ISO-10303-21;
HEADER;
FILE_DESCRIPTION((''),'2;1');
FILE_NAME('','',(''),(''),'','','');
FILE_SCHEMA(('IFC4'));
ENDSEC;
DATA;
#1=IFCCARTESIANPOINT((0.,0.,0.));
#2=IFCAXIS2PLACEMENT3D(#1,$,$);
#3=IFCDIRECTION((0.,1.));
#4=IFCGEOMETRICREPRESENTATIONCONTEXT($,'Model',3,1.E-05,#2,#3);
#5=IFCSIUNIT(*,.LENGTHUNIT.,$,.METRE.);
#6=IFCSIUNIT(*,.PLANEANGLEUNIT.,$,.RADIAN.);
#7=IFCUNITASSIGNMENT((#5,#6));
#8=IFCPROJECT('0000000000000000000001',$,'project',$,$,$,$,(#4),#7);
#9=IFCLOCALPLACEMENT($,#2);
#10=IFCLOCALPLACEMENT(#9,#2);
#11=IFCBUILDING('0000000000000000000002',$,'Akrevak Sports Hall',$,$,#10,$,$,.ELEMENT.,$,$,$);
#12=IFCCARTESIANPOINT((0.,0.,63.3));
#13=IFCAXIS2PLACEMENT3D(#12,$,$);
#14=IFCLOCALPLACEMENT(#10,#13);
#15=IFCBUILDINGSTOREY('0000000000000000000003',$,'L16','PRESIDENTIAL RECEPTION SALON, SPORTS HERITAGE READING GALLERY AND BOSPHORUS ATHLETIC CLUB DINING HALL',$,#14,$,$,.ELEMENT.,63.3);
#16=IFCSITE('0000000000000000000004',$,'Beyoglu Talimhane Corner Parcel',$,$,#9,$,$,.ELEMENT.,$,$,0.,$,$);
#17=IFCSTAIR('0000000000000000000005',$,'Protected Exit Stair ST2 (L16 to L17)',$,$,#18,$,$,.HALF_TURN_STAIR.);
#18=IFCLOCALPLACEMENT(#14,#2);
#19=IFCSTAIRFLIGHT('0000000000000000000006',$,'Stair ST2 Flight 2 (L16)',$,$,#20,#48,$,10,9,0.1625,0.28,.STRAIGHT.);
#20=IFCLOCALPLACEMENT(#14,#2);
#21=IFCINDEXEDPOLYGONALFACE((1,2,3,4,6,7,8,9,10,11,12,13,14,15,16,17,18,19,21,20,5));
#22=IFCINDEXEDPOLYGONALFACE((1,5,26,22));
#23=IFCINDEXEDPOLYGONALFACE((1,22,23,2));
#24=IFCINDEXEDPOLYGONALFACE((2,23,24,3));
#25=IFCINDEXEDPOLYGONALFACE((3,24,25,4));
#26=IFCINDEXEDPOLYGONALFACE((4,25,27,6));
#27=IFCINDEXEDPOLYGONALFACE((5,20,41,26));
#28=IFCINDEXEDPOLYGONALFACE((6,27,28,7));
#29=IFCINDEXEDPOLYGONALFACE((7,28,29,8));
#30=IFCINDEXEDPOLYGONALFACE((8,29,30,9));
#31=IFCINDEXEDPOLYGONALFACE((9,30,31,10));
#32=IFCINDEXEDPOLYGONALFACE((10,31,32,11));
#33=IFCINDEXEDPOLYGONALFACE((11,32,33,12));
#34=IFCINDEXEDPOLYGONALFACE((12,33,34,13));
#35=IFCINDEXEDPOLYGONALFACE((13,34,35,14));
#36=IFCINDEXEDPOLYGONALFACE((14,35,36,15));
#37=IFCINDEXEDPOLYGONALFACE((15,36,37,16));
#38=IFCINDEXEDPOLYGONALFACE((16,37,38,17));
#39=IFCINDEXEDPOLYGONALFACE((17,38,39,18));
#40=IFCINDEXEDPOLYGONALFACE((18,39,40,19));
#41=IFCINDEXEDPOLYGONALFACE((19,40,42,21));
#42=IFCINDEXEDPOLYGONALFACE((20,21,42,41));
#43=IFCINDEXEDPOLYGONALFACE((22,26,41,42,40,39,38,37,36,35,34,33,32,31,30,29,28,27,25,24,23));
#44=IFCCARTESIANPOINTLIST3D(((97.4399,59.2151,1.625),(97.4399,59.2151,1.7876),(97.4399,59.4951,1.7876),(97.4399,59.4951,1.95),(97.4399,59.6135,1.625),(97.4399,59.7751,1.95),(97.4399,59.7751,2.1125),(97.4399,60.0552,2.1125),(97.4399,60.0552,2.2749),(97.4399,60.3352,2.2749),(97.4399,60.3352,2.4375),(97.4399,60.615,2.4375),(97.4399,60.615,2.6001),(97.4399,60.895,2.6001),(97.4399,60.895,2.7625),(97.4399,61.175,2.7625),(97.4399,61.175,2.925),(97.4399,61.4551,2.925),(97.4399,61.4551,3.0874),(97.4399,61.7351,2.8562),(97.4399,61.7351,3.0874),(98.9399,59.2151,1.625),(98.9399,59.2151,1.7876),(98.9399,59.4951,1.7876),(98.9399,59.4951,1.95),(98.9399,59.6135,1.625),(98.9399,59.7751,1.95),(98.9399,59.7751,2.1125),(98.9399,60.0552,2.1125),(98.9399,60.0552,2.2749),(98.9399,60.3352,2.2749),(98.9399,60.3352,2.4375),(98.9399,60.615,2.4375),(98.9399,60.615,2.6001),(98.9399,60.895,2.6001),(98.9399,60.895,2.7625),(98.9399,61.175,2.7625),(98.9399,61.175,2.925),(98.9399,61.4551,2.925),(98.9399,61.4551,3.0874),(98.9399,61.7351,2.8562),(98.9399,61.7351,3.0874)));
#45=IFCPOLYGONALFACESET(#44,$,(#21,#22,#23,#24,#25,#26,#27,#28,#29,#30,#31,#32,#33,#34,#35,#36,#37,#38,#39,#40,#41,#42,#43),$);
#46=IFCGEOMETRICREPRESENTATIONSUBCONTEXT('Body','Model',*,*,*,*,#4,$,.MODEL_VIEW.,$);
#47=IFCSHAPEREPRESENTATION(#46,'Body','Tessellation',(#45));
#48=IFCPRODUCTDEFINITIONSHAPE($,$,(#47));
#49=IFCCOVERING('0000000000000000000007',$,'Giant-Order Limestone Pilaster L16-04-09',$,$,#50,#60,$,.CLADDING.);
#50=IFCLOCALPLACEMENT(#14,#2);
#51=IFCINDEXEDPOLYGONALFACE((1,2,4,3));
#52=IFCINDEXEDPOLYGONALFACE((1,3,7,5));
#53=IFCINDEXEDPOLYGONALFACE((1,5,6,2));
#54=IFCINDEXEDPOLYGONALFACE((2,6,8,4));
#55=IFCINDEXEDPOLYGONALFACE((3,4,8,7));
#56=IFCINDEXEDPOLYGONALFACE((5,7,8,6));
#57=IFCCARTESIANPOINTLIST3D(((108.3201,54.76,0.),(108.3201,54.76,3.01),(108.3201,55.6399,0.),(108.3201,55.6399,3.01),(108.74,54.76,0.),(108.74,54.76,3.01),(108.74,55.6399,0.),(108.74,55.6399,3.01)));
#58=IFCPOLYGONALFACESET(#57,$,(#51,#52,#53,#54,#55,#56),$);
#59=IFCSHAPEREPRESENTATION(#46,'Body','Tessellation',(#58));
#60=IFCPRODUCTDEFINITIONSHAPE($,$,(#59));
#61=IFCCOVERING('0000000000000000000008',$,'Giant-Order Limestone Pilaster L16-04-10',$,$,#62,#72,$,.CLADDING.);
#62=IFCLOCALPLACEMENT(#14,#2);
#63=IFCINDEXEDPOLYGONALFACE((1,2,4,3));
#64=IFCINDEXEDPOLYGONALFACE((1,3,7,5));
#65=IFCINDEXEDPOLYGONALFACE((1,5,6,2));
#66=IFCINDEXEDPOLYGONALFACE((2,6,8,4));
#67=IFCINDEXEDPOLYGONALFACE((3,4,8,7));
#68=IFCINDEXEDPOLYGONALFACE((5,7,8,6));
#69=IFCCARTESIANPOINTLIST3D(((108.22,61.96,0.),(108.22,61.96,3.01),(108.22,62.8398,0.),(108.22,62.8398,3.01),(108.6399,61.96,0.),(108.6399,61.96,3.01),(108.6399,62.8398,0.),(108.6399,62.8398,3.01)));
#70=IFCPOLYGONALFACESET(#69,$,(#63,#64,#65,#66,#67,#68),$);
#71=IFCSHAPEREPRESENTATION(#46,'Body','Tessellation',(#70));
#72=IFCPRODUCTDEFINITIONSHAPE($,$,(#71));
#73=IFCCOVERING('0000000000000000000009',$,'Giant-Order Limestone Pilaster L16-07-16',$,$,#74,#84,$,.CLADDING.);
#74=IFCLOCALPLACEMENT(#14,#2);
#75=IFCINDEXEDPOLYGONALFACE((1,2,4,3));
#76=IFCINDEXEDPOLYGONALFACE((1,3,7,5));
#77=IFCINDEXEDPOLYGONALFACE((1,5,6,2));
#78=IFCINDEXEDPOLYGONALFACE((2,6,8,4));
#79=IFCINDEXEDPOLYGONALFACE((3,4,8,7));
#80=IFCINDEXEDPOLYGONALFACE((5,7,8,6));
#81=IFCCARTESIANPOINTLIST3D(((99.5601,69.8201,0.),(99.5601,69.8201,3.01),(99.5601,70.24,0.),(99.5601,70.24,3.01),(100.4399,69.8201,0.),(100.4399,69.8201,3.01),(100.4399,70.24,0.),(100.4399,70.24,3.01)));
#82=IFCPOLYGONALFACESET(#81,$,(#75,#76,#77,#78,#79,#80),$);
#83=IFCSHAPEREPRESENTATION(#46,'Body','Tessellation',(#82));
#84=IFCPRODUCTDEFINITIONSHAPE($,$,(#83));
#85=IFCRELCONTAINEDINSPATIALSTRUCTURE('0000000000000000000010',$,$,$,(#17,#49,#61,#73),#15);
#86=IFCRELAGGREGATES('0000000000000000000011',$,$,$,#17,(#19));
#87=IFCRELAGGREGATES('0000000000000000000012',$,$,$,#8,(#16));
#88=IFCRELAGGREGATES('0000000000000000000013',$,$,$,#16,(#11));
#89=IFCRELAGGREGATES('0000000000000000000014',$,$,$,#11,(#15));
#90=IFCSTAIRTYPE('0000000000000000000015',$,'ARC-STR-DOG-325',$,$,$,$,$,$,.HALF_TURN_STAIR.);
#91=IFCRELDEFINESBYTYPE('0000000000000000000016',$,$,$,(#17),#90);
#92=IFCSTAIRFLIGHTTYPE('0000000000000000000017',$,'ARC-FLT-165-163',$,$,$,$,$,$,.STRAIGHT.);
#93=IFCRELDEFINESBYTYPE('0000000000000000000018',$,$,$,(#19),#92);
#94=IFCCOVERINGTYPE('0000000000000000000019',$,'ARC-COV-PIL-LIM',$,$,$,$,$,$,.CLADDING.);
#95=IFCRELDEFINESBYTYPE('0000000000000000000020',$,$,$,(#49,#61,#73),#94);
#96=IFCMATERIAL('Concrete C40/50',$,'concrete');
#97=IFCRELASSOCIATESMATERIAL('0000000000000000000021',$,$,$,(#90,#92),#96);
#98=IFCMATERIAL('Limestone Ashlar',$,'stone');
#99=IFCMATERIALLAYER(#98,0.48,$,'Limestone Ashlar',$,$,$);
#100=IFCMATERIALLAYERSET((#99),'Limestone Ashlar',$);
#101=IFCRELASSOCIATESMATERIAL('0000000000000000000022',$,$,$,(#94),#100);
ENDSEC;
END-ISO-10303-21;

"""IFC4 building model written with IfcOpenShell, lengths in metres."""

from ifc_helpers import new_model, si_unit, direction, frame, origin, origin_2d, place, context, subcontext, project, spatial, polyline, rectangle, outline, extrude, material, layer, layer_set, type_object, element, aggregate, save


model = new_model("IFC4")

# Units and contexts
model_context = context("Model", 3, precision=1e-05, world=origin(), true_north=direction((0.0, 1.0)))
body_context = subcontext(model_context, "Body", "Model", "MODEL_VIEW")
ifc_project = project(units=[si_unit("LENGTHUNIT", "METRE"), si_unit("PLANEANGLEUNIT", "RADIAN")], contexts=[model_context])

# Site, building, storey
site_placement = place(None, origin())
site = spatial("IfcSite", under=ifc_project, at=site_placement, Name="Beyoglu Talimhane Corner Parcel", CompositionType="ELEMENT", RefElevation=0.0)
building_placement = place(site_placement, origin())
building = spatial("IfcBuilding", under=site, at=building_placement, Name="Akrevak Sports Hall", CompositionType="ELEMENT")
storey_placement = place(building_placement, frame((0.0, 0.0, 63.3)))
storey = spatial("IfcBuildingStorey", under=building, at=storey_placement, Name="L16", Description="PRESIDENTIAL RECEPTION SALON, SPORTS HERITAGE READING GALLERY AND BOSPHORUS ATHLETIC CLUB DINING HALL", CompositionType="ELEMENT", Elevation=63.3)

# Shared definitions
ifc_material_1 = material(Name="Concrete C40/50", Category="concrete")

# Shared definitions
ifc_material_2 = material(Name="Limestone Ashlar", Category="stone")

# Stair, stair flight
stair_type = type_object("IfcStairType", Name="ARC-STR-DOG-325", PredefinedType="HALF_TURN_STAIR", material=ifc_material_1)
stair_placement = place(storey_placement, origin())
stair = element("IfcStair", 1, at=stair_placement, inside=storey, type_object=stair_type, Name="Protected Exit Stair ST2 (L16 to L17)", PredefinedType="HALF_TURN_STAIR")
stair_flight_type = type_object("IfcStairFlightType", Name="ARC-FLT-165-163", PredefinedType="STRAIGHT", material=ifc_material_1)
stair_flight_placement = place(storey_placement, frame((98.1899, 59.2151, 1.625), z_axis=(0.0, 0.0, 1.0), x_axis=(0.0, 1.0, 0.0)))
stair_flight = element("IfcStairFlight", 2, at=stair_flight_placement, type_object=stair_flight_type, Name="Stair ST2 Flight 2 (L16)", NumberOfRisers=10, NumberOfTreads=9, PredefinedType="STRAIGHT", RiserHeight=0.1625, TreadLength=0.28, context=body_context, shape_type="SweptSolid", body=[
    extrude(outline(polyline([(0.0, 0.0), (0.0, 0.1626), (0.28, 0.1626), (0.28, 0.325), (0.5601, 0.325), (0.5601, 0.4875), (0.8401, 0.4875), (0.8401, 0.6499), (1.1201, 0.6499), (1.1201, 0.8125), (1.3999, 0.8125), (1.3999, 0.9751), (1.6799, 0.9751), (1.6799, 1.1375), (1.96, 1.1375), (1.96, 1.3), (2.24, 1.3), (2.24, 1.4624), (2.52, 1.4624), (2.52, 1.625), (2.52, 1.2312), (0.3984, 0.0), (0.0, 0.0)])), frame((0.0, 0.75, 0.0), z_axis=(0.0, -1.0, 0.0), x_axis=(1.0, 0.0, 0.0)), (0.0, 0.0, 1.0), 1.5),
])
aggregate(stair, [stair_flight])

# Coverings
ifc_layer_1 = layer(ifc_material_2, 0.48, Name="Limestone Ashlar")
ifc_layer_set_1 = layer_set([ifc_layer_1], Name="Limestone Ashlar")
covering_type = type_object("IfcCoveringType", Name="ARC-COV-PIL-LIM", PredefinedType="CLADDING", material=ifc_layer_set_1)
for number, where, z_axis, x_axis, name in (
    (3, (108.53, 55.2, 0.0), (0.0, 0.0, 1.0), (0.0, 1.0, 0.0), "Giant-Order Limestone Pilaster L16-04-09"),
    (4, (108.4299, 62.3999, 0.0), (0.0, 0.0, 1.0), (0.0, 1.0, 0.0), "Giant-Order Limestone Pilaster L16-04-10"),
    (5, (100.0, 70.03, 0.0), (0.0, 0.0, 1.0), (-1.0, 0.0, 0.0), "Giant-Order Limestone Pilaster L16-07-16"),
):
    element("IfcCovering", number, at=place(storey_placement, frame(where, z_axis=z_axis, x_axis=x_axis)), inside=storey, type_object=covering_type, Name=name, PredefinedType="CLADDING", context=body_context, shape_type="SweptSolid", body=[
        extrude(rectangle(XDim=0.8799, YDim=0.4199, at=origin_2d()), origin(), (0.0, 0.0, 1.0), 3.01),
    ])

save(model, "model.ifc")
